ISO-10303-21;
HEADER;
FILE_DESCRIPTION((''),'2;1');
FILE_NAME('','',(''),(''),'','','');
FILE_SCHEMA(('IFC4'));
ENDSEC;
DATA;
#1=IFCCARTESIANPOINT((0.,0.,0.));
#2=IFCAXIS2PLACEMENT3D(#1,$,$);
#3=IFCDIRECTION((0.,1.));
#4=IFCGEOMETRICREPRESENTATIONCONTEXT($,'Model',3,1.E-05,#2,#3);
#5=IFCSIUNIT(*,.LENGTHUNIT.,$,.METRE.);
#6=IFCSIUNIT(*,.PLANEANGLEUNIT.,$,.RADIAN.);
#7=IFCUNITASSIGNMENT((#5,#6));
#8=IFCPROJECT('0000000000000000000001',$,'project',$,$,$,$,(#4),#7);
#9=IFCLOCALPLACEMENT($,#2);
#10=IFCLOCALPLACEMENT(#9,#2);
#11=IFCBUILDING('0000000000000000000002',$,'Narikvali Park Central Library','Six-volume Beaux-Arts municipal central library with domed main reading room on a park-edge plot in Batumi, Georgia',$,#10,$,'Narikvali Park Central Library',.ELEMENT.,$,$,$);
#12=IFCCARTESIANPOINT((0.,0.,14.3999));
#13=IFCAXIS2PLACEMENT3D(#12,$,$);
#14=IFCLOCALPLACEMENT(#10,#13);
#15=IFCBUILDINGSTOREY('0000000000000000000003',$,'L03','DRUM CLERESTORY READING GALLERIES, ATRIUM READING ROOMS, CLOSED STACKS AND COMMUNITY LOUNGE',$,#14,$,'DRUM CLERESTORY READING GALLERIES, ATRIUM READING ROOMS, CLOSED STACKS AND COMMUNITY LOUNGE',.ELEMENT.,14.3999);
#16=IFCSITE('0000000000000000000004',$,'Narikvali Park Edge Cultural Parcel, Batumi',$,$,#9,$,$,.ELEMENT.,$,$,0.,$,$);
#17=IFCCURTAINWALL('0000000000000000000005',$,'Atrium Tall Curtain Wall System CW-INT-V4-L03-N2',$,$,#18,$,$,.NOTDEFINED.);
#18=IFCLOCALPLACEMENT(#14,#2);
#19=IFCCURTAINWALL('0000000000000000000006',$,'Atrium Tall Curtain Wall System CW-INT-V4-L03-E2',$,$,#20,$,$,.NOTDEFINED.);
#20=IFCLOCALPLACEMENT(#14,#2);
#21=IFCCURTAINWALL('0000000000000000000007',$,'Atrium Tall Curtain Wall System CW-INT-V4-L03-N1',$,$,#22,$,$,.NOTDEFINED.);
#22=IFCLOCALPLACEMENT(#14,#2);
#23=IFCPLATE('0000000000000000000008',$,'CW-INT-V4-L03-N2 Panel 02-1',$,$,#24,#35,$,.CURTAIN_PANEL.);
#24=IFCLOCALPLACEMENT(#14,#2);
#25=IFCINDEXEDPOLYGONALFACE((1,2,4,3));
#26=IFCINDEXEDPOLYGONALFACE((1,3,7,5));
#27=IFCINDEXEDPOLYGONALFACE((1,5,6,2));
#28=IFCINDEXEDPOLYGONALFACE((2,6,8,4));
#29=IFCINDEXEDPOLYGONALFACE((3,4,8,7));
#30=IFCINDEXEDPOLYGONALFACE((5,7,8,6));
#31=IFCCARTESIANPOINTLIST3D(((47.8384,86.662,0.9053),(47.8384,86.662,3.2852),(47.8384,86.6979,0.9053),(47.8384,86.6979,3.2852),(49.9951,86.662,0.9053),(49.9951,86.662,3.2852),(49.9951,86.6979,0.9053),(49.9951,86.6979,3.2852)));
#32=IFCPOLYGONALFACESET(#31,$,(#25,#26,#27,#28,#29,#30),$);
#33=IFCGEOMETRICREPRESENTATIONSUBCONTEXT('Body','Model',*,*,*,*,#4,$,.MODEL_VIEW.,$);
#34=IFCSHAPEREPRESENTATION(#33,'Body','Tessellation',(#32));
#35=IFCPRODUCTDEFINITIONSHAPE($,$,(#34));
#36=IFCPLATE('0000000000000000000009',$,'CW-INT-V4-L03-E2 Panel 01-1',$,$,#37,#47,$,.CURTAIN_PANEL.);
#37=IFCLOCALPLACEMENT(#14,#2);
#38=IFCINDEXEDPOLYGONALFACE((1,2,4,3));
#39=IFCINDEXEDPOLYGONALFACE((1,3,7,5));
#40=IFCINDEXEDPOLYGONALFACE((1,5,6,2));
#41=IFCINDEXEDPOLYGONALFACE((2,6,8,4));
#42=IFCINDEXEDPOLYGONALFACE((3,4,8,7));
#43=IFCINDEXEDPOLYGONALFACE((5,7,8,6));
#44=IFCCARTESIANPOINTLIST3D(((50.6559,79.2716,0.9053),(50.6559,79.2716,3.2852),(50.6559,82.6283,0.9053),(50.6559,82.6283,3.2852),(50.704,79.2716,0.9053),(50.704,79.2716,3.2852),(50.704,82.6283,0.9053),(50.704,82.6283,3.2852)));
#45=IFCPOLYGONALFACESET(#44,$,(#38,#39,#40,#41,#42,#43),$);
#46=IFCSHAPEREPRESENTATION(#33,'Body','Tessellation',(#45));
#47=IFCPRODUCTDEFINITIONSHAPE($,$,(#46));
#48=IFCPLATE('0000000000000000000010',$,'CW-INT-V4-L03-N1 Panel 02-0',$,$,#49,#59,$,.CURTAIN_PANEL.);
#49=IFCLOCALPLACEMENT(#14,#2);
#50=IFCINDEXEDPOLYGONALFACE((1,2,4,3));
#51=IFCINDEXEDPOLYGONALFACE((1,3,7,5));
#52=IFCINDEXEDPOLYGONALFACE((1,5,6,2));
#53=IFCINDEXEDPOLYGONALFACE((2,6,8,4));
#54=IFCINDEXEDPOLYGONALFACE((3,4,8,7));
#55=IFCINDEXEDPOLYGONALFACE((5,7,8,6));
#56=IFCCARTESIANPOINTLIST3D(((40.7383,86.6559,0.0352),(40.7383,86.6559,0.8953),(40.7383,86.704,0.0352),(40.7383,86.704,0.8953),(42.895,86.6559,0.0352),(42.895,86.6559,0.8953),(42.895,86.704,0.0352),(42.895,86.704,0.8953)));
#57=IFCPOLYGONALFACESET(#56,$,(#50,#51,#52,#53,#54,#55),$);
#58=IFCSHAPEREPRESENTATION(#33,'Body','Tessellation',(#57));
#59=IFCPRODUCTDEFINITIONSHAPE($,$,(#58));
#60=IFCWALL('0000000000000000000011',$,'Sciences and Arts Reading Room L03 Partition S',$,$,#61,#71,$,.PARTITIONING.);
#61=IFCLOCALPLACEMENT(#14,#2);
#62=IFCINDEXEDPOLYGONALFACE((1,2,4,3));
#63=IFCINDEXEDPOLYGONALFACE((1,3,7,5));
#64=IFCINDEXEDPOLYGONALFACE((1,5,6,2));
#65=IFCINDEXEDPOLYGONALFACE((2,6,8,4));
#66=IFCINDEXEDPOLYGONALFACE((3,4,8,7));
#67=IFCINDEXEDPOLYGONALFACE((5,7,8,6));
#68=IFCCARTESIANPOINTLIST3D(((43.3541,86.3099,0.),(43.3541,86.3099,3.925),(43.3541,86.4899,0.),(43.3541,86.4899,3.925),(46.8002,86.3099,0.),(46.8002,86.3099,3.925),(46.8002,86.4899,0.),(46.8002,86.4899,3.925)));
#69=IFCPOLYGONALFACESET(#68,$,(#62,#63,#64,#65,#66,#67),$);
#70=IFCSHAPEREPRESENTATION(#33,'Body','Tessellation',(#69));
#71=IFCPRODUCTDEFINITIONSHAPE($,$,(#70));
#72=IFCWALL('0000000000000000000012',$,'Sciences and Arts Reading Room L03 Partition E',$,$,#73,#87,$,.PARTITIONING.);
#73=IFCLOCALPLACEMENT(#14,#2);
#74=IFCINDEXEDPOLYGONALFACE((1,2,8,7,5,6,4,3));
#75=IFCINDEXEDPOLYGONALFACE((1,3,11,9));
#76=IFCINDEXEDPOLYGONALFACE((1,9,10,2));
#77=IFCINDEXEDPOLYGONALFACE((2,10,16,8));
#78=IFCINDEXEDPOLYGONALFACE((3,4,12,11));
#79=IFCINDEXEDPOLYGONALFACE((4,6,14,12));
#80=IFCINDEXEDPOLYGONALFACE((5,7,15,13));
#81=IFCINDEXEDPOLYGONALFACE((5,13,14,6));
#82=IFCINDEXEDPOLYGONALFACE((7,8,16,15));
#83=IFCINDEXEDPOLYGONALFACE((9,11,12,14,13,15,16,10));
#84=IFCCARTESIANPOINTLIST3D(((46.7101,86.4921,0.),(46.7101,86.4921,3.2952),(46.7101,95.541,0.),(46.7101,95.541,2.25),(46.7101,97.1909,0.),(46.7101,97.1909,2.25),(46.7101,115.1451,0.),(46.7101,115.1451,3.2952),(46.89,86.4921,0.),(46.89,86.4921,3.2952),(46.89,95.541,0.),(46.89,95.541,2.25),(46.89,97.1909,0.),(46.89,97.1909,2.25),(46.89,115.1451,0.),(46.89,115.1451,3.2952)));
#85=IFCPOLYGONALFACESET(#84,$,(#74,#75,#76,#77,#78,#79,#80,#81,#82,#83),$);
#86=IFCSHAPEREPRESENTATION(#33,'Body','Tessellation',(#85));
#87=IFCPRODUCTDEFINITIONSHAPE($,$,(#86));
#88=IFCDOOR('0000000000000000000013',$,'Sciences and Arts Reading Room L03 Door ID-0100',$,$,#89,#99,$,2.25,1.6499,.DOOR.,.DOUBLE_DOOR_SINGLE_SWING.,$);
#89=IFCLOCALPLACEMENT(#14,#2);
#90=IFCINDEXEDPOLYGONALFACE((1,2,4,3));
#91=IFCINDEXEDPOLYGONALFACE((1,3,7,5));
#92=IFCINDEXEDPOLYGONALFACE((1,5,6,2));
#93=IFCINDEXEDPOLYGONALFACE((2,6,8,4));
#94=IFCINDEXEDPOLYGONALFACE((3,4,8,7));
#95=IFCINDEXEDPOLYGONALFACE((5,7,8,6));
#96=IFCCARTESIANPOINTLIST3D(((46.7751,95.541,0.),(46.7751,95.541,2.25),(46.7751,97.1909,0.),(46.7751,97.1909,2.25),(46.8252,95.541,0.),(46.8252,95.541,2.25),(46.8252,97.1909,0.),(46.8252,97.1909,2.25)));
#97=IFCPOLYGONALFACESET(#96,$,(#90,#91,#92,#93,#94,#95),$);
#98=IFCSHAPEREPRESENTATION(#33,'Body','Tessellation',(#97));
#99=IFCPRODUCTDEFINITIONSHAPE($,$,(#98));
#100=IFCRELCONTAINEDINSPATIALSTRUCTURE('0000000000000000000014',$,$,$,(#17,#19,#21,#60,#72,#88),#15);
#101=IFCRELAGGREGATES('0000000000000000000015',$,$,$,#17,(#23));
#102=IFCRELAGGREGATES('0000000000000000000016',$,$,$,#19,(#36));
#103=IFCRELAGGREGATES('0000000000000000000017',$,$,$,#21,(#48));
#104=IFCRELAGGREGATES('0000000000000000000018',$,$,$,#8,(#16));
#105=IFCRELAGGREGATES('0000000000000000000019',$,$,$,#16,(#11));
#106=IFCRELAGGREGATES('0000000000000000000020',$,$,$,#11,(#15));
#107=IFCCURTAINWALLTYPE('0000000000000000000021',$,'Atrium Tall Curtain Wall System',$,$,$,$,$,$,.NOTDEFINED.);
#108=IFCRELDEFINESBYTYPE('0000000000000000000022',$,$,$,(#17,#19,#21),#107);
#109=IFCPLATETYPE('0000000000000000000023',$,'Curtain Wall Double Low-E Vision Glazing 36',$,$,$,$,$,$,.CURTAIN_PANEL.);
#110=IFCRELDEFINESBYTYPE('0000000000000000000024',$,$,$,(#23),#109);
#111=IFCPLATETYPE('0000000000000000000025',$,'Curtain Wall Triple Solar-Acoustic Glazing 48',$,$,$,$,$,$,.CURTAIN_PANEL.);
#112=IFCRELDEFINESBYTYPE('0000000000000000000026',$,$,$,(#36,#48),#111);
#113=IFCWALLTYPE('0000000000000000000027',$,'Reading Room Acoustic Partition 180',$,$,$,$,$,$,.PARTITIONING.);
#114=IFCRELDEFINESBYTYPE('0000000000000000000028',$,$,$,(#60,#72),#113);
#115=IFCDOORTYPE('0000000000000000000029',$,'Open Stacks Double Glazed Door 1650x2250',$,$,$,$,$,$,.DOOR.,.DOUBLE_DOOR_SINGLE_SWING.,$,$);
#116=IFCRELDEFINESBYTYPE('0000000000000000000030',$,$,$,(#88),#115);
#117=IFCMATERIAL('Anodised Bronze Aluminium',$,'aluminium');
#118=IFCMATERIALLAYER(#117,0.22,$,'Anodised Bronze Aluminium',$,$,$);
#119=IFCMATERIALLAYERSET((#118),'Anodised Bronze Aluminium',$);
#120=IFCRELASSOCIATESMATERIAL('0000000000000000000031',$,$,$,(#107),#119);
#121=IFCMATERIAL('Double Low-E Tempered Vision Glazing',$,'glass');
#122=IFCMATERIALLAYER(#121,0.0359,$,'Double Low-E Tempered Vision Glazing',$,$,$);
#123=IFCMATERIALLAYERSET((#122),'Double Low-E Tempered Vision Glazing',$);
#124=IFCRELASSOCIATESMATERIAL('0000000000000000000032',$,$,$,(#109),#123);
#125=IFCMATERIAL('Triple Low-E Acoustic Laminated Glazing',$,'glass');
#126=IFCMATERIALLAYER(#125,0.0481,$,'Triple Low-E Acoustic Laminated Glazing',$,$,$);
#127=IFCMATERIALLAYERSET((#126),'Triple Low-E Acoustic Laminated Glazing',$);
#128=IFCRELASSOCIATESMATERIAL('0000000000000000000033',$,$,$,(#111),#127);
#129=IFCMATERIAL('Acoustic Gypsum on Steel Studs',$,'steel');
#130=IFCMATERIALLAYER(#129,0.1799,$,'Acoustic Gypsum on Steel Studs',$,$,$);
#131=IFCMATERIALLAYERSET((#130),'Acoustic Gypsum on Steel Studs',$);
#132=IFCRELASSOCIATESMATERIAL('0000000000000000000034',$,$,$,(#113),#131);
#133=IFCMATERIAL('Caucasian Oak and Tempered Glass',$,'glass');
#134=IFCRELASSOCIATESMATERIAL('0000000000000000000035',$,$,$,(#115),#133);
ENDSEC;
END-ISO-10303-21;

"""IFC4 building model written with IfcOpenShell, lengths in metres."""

from ifc_helpers import new_model, si_unit, direction, frame, frame_2d, origin, origin_2d, place, context, subcontext, project, spatial, rectangle, extrude, material, layer, layer_set, type_object, element, fill, aggregate, save


model = new_model("IFC4")

# Units and contexts
model_context = context("Model", 3, precision=1e-05, world=origin(), true_north=direction((0.0, 1.0)))
body_context = subcontext(model_context, "Body", "Model", "MODEL_VIEW")
ifc_project = project(units=[si_unit("LENGTHUNIT", "METRE"), si_unit("PLANEANGLEUNIT", "RADIAN")], contexts=[model_context])

# Site, building, storey
site_placement = place(None, origin())
site = spatial("IfcSite", under=ifc_project, at=site_placement, Name="Narikvali Park Edge Cultural Parcel, Batumi", CompositionType="ELEMENT", RefElevation=0.0)
building_placement = place(site_placement, origin())
building = spatial("IfcBuilding", under=site, at=building_placement, Name="Narikvali Park Central Library", Description="Six-volume Beaux-Arts municipal central library with domed main reading room on a park-edge plot in Batumi, Georgia", LongName="Narikvali Park Central Library", CompositionType="ELEMENT")
storey_placement = place(building_placement, frame((0.0, 0.0, 14.3999)))
storey = spatial("IfcBuildingStorey", under=building, at=storey_placement, Name="L03", Description="DRUM CLERESTORY READING GALLERIES, ATRIUM READING ROOMS, CLOSED STACKS AND COMMUNITY LOUNGE", LongName="DRUM CLERESTORY READING GALLERIES, ATRIUM READING ROOMS, CLOSED STACKS AND COMMUNITY LOUNGE", CompositionType="ELEMENT", Elevation=14.3999)

# Curtain wall
ifc_material_1 = material(Name="Anodised Bronze Aluminium", Category="aluminium")
ifc_layer_1 = layer(ifc_material_1, 0.22, Name="Anodised Bronze Aluminium")
ifc_layer_set_1 = layer_set([ifc_layer_1], Name="Anodised Bronze Aluminium")
curtain_wall_type = type_object("IfcCurtainWallType", Name="Atrium Tall Curtain Wall System", PredefinedType="NOTDEFINED", material=ifc_layer_set_1)
curtain_wall_1_placement = place(storey_placement, origin())
curtain_wall_1 = element("IfcCurtainWall", 1, at=curtain_wall_1_placement, inside=storey, type_object=curtain_wall_type, Name="Atrium Tall Curtain Wall System CW-INT-V4-L03-N2", PredefinedType="NOTDEFINED")

# Curtain walls
curtain_wall_2_placement = place(storey_placement, origin())
curtain_wall_2 = element("IfcCurtainWall", 2, at=curtain_wall_2_placement, inside=storey, type_object=curtain_wall_type, Name="Atrium Tall Curtain Wall System CW-INT-V4-L03-E2", PredefinedType="NOTDEFINED")
curtain_wall_3_placement = place(storey_placement, origin())
curtain_wall_3 = element("IfcCurtainWall", 3, at=curtain_wall_3_placement, inside=storey, type_object=curtain_wall_type, Name="Atrium Tall Curtain Wall System CW-INT-V4-L03-N1", PredefinedType="NOTDEFINED")

# Plates
ifc_material_2 = material(Name="Double Low-E Tempered Vision Glazing", Category="glass")
ifc_layer_2 = layer(ifc_material_2, 0.0359, Name="Double Low-E Tempered Vision Glazing")
ifc_layer_set_2 = layer_set([ifc_layer_2], Name="Double Low-E Tempered Vision Glazing")
plate_type_1 = type_object("IfcPlateType", Name="Curtain Wall Double Low-E Vision Glazing 36", PredefinedType="CURTAIN_PANEL", material=ifc_layer_set_2)
plate_1_placement = place(storey_placement, frame((48.9167, 86.6799, 0.9053), z_axis=(0.0, 0.0, 1.0), x_axis=(1.0, 0.0, 0.0)))
plate_1 = element("IfcPlate", 4, at=plate_1_placement, type_object=plate_type_1, Name="CW-INT-V4-L03-N2 Panel 02-1", PredefinedType="CURTAIN_PANEL", context=body_context, shape_type="SweptSolid", body=[
    extrude(rectangle(XDim=2.1567, YDim=0.0359, at=origin_2d()), origin(), (0.0, 0.0, 1.0), 2.3799),
])
aggregate(curtain_wall_1, [plate_1])
ifc_material_3 = material(Name="Triple Low-E Acoustic Laminated Glazing", Category="glass")
ifc_layer_3 = layer(ifc_material_3, 0.0481, Name="Triple Low-E Acoustic Laminated Glazing")
ifc_layer_set_3 = layer_set([ifc_layer_3], Name="Triple Low-E Acoustic Laminated Glazing")
plate_type_2 = type_object("IfcPlateType", Name="Curtain Wall Triple Solar-Acoustic Glazing 48", PredefinedType="CURTAIN_PANEL", material=ifc_layer_set_3)
plate_2_placement = place(storey_placement, frame((50.6799, 80.95, 0.9053), z_axis=(0.0, 0.0, 1.0), x_axis=(0.0, 1.0, 0.0)))
plate_2 = element("IfcPlate", 5, at=plate_2_placement, type_object=plate_type_2, Name="CW-INT-V4-L03-E2 Panel 01-1", PredefinedType="CURTAIN_PANEL", context=body_context, shape_type="SweptSolid", body=[
    extrude(rectangle(XDim=3.3567, YDim=0.0481, at=origin_2d()), origin(), (0.0, 0.0, 1.0), 2.3799),
])
aggregate(curtain_wall_2, [plate_2])
plate_3_placement = place(storey_placement, frame((41.8167, 86.6799, 0.0352), z_axis=(0.0, 0.0, 1.0), x_axis=(1.0, 0.0, 0.0)))
plate_3 = element("IfcPlate", 6, at=plate_3_placement, type_object=plate_type_2, Name="CW-INT-V4-L03-N1 Panel 02-0", PredefinedType="CURTAIN_PANEL", context=body_context, shape_type="SweptSolid", body=[
    extrude(rectangle(XDim=2.1567, YDim=0.0481, at=origin_2d()), origin(), (0.0, 0.0, 1.0), 0.8601),
])
aggregate(curtain_wall_3, [plate_3])

# Wall
ifc_material_4 = material(Name="Acoustic Gypsum on Steel Studs", Category="steel")
ifc_layer_4 = layer(ifc_material_4, 0.1799, Name="Acoustic Gypsum on Steel Studs")
ifc_layer_set_4 = layer_set([ifc_layer_4], Name="Acoustic Gypsum on Steel Studs")
wall_type = type_object("IfcWallType", Name="Reading Room Acoustic Partition 180", PredefinedType="PARTITIONING", material=ifc_layer_set_4)
wall_1_placement = place(storey_placement, frame((43.354, 86.3999, 0.0), z_axis=(0.0, 0.0, 1.0), x_axis=(1.0, 0.0, 0.0)))
element("IfcWall", 7, at=wall_1_placement, inside=storey, type_object=wall_type, Name="Sciences and Arts Reading Room L03 Partition S", PredefinedType="PARTITIONING", context=body_context, shape_type="SweptSolid", body=[
    extrude(rectangle(XDim=3.446, YDim=0.1799, at=frame_2d((1.7231, 0.0))), origin(), (0.0, 0.0, 1.0), 3.925),
])

# Wall, opening, door
wall_2_placement = place(storey_placement, frame((46.8, 86.4919, 0.0), z_axis=(0.0, 0.0, 1.0), x_axis=(0.0, 1.0, 0.0)))
wall_2 = element("IfcWall", 8, at=wall_2_placement, inside=storey, type_object=wall_type, Name="Sciences and Arts Reading Room L03 Partition E", PredefinedType="PARTITIONING", context=body_context, shape_type="SweptSolid", body=[
    extrude(rectangle(XDim=28.6531, YDim=0.1799, at=frame_2d((14.3267, 0.0))), origin(), (0.0, 0.0, 1.0), 3.2952),
])
opening_placement = place(wall_2_placement, frame((9.0491, 0.0, 0.0)))
opening = element("IfcOpeningElement", 9, at=opening_placement, cuts=wall_2, PredefinedType="OPENING", context=body_context, shape_type="SweptSolid", body=[
    extrude(rectangle(XDim=1.6499, YDim=2.25, at=frame_2d((0.825, 1.125))), frame((0.0, 0.1021, 0.0), z_axis=(0.0, -1.0, 0.0), x_axis=(1.0, 0.0, 0.0)), (0.0, 0.0, 1.0), 0.2039),
])
ifc_material_5 = material(Name="Caucasian Oak and Tempered Glass", Category="glass")
door_type = type_object("IfcDoorType", Name="Open Stacks Double Glazed Door 1650x2250", OperationType="DOUBLE_DOOR_SINGLE_SWING", PredefinedType="DOOR", material=ifc_material_5)
door_placement = place(opening_placement, origin())
door = element("IfcDoor", 10, at=door_placement, inside=storey, type_object=door_type, Name="Sciences and Arts Reading Room L03 Door ID-0100", OperationType="DOUBLE_DOOR_SINGLE_SWING", OverallHeight=2.25, OverallWidth=1.6499, PredefinedType="DOOR", context=body_context, shape_type="SweptSolid", body=[
    extrude(rectangle(XDim=1.6499, YDim=2.25, at=frame_2d((0.825, 1.125))), frame((0.0, 0.0249, 0.0), z_axis=(0.0, -1.0, 0.0), x_axis=(1.0, 0.0, 0.0)), (0.0, 0.0, 1.0), 0.05),
])
fill(opening, door)

save(model, "model.ifc")
